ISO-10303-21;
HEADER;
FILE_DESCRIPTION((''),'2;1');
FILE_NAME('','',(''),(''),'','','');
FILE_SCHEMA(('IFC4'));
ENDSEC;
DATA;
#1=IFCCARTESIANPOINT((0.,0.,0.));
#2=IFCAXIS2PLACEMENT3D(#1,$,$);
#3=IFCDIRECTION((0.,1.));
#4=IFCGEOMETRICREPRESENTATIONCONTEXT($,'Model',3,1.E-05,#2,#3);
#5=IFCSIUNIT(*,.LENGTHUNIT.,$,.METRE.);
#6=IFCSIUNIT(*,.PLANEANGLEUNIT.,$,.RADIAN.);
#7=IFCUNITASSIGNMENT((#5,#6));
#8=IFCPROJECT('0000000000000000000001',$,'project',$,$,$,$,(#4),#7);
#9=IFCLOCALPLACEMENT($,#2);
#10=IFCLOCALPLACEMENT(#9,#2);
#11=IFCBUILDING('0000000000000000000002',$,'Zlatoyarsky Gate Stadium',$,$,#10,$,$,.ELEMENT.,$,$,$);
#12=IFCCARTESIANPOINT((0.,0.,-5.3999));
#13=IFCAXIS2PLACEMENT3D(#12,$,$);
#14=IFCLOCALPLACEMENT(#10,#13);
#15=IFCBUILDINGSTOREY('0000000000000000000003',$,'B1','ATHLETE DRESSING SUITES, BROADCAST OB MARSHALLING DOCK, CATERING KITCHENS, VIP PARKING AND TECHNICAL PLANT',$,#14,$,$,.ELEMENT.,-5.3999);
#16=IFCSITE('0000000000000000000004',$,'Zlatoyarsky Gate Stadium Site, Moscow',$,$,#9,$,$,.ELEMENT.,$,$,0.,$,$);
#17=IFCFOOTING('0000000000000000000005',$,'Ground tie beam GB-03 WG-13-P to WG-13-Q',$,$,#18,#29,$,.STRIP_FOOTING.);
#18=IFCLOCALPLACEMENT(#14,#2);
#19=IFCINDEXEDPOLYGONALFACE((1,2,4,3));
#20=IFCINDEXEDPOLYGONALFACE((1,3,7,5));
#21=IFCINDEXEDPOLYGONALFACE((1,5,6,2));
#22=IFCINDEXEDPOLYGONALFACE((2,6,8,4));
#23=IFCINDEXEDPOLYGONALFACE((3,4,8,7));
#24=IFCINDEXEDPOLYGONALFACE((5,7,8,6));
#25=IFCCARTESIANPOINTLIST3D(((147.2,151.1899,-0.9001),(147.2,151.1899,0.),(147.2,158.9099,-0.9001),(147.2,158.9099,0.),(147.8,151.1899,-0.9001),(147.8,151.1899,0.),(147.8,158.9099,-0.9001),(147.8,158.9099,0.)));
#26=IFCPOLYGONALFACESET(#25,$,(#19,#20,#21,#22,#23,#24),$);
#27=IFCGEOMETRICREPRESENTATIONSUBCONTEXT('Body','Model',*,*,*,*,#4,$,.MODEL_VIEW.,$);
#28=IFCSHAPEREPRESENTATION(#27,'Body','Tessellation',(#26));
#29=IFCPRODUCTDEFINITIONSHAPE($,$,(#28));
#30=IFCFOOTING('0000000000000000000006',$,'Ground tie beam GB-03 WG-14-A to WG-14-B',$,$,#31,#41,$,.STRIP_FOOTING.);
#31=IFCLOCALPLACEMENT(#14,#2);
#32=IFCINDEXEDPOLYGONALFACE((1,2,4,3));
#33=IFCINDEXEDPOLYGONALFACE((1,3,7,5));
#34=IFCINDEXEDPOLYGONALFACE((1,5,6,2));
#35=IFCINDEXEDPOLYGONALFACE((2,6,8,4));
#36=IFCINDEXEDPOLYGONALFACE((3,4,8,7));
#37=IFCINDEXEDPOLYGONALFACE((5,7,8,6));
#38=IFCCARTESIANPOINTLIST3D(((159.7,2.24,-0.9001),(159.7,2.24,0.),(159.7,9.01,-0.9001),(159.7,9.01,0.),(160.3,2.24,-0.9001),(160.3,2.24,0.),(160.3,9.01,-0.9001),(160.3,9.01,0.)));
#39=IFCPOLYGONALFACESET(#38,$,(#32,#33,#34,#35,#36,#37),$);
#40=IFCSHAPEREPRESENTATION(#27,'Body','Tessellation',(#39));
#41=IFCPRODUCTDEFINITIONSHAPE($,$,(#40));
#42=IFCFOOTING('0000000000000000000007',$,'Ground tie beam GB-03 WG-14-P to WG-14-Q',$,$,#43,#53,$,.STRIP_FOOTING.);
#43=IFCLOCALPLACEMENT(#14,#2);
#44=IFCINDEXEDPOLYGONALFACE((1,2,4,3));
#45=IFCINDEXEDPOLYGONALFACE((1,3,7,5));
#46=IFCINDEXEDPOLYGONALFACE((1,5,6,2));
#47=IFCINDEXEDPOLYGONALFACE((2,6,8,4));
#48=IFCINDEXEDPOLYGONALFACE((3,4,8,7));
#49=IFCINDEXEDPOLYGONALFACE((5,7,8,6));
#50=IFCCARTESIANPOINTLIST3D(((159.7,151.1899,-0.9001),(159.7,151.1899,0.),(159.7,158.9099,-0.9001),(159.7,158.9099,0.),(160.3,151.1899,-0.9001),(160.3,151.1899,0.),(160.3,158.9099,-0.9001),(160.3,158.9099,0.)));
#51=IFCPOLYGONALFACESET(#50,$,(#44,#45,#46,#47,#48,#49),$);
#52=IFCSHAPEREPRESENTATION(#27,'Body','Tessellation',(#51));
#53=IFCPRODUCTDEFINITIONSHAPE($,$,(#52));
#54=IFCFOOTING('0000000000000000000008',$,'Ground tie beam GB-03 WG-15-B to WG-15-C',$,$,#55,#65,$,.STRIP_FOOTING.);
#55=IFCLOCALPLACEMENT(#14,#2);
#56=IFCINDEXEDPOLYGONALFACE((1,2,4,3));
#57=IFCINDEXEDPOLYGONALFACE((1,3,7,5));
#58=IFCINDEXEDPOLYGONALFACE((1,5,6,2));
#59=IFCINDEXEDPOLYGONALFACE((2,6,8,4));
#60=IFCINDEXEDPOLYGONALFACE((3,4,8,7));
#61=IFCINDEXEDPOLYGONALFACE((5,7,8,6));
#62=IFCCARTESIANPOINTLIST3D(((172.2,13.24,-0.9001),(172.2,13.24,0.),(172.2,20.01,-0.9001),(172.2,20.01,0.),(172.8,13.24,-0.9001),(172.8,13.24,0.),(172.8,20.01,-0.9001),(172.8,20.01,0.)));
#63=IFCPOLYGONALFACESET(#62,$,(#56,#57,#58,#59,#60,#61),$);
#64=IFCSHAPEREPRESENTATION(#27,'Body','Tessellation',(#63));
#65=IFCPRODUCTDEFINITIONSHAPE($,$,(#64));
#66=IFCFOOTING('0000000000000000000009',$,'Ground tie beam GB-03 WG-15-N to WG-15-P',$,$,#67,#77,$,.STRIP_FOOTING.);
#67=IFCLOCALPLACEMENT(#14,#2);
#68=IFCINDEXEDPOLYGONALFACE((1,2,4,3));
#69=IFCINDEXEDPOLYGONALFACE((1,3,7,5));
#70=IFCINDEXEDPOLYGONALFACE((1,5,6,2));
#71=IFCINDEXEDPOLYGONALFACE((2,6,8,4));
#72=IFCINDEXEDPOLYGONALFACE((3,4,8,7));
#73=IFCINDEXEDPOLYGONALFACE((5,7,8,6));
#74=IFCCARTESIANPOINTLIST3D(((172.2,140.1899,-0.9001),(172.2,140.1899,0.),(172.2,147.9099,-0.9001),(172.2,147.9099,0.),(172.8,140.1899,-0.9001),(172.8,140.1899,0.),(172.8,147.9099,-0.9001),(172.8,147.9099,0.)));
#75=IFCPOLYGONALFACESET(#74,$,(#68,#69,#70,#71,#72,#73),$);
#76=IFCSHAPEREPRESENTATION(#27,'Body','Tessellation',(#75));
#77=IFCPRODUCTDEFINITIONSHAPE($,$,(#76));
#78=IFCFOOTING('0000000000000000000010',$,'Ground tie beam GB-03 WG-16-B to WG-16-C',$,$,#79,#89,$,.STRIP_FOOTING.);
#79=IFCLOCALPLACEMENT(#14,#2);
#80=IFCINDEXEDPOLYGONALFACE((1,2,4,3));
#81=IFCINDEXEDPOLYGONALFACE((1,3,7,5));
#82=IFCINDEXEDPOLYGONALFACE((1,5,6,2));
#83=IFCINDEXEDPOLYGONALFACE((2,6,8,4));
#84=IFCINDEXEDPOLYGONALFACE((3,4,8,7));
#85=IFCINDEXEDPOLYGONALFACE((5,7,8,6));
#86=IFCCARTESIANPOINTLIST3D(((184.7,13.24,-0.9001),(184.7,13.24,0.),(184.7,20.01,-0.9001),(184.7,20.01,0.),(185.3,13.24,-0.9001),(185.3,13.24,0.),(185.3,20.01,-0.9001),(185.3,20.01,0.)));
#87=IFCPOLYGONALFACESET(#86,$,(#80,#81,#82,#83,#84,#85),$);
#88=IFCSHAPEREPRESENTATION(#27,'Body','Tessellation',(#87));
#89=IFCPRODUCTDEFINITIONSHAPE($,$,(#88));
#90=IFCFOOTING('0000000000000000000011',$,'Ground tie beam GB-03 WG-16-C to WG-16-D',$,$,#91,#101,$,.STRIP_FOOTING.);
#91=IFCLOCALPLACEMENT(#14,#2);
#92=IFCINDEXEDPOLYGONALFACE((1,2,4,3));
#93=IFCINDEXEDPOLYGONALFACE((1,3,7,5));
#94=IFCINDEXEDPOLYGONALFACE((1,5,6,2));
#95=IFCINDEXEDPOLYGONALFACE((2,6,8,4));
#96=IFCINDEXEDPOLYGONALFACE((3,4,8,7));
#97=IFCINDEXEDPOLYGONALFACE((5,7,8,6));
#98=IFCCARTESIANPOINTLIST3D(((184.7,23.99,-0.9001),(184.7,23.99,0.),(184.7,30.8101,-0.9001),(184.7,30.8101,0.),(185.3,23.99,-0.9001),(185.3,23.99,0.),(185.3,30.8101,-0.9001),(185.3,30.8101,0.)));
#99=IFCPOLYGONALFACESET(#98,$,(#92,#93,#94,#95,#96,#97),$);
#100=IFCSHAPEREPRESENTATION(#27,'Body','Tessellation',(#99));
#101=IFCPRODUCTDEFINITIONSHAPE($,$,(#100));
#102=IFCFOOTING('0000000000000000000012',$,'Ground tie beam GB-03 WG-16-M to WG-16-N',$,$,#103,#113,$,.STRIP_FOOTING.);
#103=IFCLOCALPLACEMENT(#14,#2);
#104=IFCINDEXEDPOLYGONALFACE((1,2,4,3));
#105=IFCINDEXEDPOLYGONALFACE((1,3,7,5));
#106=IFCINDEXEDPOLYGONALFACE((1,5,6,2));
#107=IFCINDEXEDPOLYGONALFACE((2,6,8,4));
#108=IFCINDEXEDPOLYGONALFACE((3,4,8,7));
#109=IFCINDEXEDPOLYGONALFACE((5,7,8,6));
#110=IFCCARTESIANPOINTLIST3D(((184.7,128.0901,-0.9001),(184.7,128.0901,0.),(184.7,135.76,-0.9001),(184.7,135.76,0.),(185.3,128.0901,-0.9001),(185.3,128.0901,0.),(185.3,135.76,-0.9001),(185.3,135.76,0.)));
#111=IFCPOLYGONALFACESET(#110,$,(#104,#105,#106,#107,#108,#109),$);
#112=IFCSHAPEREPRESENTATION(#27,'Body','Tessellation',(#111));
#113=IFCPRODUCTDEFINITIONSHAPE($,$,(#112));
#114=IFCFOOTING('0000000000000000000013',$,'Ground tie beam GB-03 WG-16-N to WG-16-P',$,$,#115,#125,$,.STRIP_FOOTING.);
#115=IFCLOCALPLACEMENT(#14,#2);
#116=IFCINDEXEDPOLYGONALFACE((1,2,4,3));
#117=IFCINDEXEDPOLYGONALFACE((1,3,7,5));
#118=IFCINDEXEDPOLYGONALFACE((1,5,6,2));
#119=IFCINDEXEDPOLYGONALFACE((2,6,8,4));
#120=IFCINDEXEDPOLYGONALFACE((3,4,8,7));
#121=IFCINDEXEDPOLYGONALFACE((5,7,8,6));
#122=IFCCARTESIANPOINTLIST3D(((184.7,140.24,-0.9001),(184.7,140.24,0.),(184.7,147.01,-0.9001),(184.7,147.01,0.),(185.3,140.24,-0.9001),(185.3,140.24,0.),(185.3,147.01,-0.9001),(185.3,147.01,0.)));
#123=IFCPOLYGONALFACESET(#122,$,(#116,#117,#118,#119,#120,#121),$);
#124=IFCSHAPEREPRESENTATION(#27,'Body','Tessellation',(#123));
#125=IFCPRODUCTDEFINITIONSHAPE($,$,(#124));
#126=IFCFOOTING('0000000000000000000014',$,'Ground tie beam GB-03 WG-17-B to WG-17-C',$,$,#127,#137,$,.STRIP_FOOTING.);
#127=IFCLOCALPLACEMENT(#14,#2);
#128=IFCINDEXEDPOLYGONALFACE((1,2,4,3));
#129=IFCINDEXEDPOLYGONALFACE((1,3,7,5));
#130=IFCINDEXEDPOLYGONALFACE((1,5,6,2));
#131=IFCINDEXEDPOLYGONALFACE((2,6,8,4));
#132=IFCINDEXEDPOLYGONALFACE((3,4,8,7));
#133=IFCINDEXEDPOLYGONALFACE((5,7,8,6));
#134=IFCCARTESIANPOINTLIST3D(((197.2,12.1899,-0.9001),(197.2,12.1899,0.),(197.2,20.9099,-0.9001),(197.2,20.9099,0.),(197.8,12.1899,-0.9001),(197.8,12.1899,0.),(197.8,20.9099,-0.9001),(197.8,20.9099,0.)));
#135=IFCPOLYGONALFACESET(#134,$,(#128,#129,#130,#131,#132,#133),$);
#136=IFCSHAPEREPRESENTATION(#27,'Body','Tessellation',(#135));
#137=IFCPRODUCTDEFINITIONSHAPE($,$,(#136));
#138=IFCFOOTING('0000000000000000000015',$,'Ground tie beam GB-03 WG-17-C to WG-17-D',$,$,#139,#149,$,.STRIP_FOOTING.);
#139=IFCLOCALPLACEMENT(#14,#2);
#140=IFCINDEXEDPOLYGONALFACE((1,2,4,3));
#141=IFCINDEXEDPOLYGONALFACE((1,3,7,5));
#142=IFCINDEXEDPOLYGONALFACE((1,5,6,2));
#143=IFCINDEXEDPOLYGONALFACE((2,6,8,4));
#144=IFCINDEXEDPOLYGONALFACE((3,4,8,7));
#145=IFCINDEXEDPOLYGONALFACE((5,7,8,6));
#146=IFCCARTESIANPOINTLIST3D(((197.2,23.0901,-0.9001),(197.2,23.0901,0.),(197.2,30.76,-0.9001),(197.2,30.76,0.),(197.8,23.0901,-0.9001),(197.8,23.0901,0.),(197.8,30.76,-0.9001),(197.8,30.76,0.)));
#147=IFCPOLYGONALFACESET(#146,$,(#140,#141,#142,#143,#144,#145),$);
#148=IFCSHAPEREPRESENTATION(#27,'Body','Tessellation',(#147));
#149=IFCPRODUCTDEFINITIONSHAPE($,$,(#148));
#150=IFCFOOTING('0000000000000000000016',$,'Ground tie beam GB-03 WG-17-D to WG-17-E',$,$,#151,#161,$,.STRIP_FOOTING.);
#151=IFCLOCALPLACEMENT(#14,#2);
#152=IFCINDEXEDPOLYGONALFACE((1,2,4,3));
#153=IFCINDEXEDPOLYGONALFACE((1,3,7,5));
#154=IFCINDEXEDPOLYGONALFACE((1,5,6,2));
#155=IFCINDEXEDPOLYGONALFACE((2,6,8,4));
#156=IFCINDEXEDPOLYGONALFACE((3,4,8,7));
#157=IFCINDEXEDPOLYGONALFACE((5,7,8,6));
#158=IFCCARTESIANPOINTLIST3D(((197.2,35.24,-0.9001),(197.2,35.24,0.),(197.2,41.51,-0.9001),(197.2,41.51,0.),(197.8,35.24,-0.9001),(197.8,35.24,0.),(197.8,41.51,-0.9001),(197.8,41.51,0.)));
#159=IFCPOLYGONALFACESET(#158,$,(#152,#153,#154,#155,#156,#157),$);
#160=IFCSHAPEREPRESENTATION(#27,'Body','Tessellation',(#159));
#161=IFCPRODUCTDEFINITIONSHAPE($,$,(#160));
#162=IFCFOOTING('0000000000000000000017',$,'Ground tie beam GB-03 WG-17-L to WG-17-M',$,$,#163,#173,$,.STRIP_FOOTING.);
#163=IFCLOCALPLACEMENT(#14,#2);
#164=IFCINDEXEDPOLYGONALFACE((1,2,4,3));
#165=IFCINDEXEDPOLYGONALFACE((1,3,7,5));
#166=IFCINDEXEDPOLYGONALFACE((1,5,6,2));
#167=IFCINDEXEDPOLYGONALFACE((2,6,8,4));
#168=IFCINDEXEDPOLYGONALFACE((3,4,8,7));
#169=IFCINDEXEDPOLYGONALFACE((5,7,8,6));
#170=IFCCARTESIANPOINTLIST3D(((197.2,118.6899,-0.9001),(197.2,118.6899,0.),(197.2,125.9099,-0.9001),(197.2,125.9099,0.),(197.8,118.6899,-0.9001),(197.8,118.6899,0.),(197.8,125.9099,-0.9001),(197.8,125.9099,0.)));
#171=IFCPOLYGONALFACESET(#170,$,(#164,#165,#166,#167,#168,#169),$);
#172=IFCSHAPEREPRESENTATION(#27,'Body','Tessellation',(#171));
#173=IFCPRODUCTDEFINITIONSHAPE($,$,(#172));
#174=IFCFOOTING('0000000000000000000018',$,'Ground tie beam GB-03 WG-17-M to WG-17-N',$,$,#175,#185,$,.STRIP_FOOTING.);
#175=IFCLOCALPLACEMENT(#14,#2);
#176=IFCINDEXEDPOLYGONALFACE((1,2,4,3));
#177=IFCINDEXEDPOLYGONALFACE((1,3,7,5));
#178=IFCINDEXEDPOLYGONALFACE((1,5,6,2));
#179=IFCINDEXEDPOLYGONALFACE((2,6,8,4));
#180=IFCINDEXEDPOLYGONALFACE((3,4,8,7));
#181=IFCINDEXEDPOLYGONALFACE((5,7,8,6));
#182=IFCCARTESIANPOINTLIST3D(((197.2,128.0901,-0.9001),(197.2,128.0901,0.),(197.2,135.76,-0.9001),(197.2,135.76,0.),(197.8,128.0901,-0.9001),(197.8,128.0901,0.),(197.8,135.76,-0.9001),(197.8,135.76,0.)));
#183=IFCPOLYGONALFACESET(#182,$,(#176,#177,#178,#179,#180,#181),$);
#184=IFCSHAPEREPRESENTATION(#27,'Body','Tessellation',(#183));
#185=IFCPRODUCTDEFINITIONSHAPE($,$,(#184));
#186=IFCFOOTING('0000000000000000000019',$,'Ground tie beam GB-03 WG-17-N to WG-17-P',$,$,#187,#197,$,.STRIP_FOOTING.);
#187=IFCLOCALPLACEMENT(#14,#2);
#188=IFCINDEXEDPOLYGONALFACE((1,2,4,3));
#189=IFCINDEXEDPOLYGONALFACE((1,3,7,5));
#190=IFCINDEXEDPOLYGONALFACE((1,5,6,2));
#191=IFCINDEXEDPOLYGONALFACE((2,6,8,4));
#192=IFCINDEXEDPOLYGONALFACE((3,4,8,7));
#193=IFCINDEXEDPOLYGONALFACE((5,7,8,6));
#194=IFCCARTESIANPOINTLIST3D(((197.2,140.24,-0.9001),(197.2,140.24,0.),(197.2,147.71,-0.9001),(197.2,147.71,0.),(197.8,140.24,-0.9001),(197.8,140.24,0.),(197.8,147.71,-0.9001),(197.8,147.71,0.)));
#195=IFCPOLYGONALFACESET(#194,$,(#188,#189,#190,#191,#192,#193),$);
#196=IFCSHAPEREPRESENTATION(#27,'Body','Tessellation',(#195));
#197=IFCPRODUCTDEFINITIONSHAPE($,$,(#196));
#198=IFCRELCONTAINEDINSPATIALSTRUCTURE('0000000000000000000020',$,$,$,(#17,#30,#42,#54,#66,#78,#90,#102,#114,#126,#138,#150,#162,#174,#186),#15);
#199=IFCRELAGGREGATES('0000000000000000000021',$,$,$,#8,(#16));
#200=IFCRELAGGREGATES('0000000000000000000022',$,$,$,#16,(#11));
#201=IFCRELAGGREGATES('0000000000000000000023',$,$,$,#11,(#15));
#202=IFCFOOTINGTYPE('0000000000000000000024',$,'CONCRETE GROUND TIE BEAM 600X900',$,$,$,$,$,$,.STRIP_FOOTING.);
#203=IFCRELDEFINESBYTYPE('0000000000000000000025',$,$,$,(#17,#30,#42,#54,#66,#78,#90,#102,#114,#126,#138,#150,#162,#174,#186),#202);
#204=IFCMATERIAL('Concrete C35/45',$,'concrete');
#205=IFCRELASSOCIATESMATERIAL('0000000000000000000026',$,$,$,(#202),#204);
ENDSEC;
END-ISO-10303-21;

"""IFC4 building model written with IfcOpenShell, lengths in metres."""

from ifc_helpers import new_model, si_unit, direction, frame, origin, origin_2d, place, context, subcontext, project, spatial, polyline, rectangle, outline, extrude, material, material_profile, profile_set, type_object, element, save


model = new_model("IFC4")

# Units and contexts
model_context = context("Model", 3, precision=1e-05, world=origin(), true_north=direction((0.0, 1.0)))
body_context = subcontext(model_context, "Body", "Model", "MODEL_VIEW")
ifc_project = project(units=[si_unit("LENGTHUNIT", "METRE"), si_unit("PLANEANGLEUNIT", "RADIAN")], contexts=[model_context])

# Site, building, storey
site_placement = place(None, origin())
site = spatial("IfcSite", under=ifc_project, at=site_placement, Name="Zlatoyarsky Gate Stadium Site, Moscow", CompositionType="ELEMENT", RefElevation=0.0)
building_placement = place(site_placement, origin())
building = spatial("IfcBuilding", under=site, at=building_placement, Name="Zlatoyarsky Gate Stadium", CompositionType="ELEMENT")
storey_placement = place(building_placement, frame((0.0, 0.0, -5.3999)))
storey = spatial("IfcBuildingStorey", under=building, at=storey_placement, Name="B1", Description="ATHLETE DRESSING SUITES, BROADCAST OB MARSHALLING DOCK, CATERING KITCHENS, VIP PARKING AND TECHNICAL PLANT", CompositionType="ELEMENT", Elevation=-5.3999)

# Footings
ifc_material = material(Name="Concrete C35/45", Category="concrete")
ifc_material_profile = material_profile(ifc_material, rectangle(XDim=0.6001, YDim=0.8999, at=origin_2d()), Name="GB 600X900")
ifc_profile_set = profile_set([ifc_material_profile], Name="Concrete C35/45")
footing_type = type_object("IfcFootingType", Name="CONCRETE GROUND TIE BEAM 600X900", PredefinedType="STRIP_FOOTING", material=ifc_profile_set)
footing_1_placement = place(storey_placement, frame((0.0, 0.0, -0.9001)))
element("IfcFooting", 1, at=footing_1_placement, inside=storey, type_object=footing_type, Name="Ground tie beam GB-03 WG-13-P to WG-13-Q", PredefinedType="STRIP_FOOTING", context=body_context, shape_type="SweptSolid", body=[
    extrude(outline(polyline([(147.8, 151.1899), (147.8, 158.9099), (147.2, 158.9099), (147.2, 151.1899), (147.8, 151.1899)])), origin(), (0.0, 0.0, 1.0), 0.9001),
])
footing_2_placement = place(storey_placement, frame((0.0, 0.0, -0.9001)))
element("IfcFooting", 2, at=footing_2_placement, inside=storey, type_object=footing_type, Name="Ground tie beam GB-03 WG-14-A to WG-14-B", PredefinedType="STRIP_FOOTING", context=body_context, shape_type="SweptSolid", body=[
    extrude(outline(polyline([(160.3, 2.24), (160.3, 9.01), (159.7, 9.01), (159.7, 2.24), (160.3, 2.24)])), origin(), (0.0, 0.0, 1.0), 0.9001),
])
footing_3_placement = place(storey_placement, frame((0.0, 0.0, -0.9001)))
element("IfcFooting", 3, at=footing_3_placement, inside=storey, type_object=footing_type, Name="Ground tie beam GB-03 WG-14-P to WG-14-Q", PredefinedType="STRIP_FOOTING", context=body_context, shape_type="SweptSolid", body=[
    extrude(outline(polyline([(160.3, 151.1899), (160.3, 158.9099), (159.7, 158.9099), (159.7, 151.1899), (160.3, 151.1899)])), origin(), (0.0, 0.0, 1.0), 0.9001),
])
footing_4_placement = place(storey_placement, frame((0.0, 0.0, -0.9001)))
element("IfcFooting", 4, at=footing_4_placement, inside=storey, type_object=footing_type, Name="Ground tie beam GB-03 WG-15-B to WG-15-C", PredefinedType="STRIP_FOOTING", context=body_context, shape_type="SweptSolid", body=[
    extrude(outline(polyline([(172.8, 13.24), (172.8, 20.01), (172.2, 20.01), (172.2, 13.24), (172.8, 13.24)])), origin(), (0.0, 0.0, 1.0), 0.9001),
])
footing_5_placement = place(storey_placement, frame((0.0, 0.0, -0.9001)))
element("IfcFooting", 5, at=footing_5_placement, inside=storey, type_object=footing_type, Name="Ground tie beam GB-03 WG-15-N to WG-15-P", PredefinedType="STRIP_FOOTING", context=body_context, shape_type="SweptSolid", body=[
    extrude(outline(polyline([(172.8, 140.1899), (172.8, 147.9099), (172.2, 147.9099), (172.2, 140.1899), (172.8, 140.1899)])), origin(), (0.0, 0.0, 1.0), 0.9001),
])
footing_6_placement = place(storey_placement, frame((0.0, 0.0, -0.9001)))
element("IfcFooting", 6, at=footing_6_placement, inside=storey, type_object=footing_type, Name="Ground tie beam GB-03 WG-16-B to WG-16-C", PredefinedType="STRIP_FOOTING", context=body_context, shape_type="SweptSolid", body=[
    extrude(outline(polyline([(185.3, 13.24), (185.3, 20.01), (184.7, 20.01), (184.7, 13.24), (185.3, 13.24)])), origin(), (0.0, 0.0, 1.0), 0.9001),
])
footing_7_placement = place(storey_placement, frame((0.0, 0.0, -0.9001)))
element("IfcFooting", 7, at=footing_7_placement, inside=storey, type_object=footing_type, Name="Ground tie beam GB-03 WG-16-C to WG-16-D", PredefinedType="STRIP_FOOTING", context=body_context, shape_type="SweptSolid", body=[
    extrude(outline(polyline([(185.3, 23.99), (185.3, 30.8101), (184.7, 30.8101), (184.7, 23.99), (185.3, 23.99)])), origin(), (0.0, 0.0, 1.0), 0.9001),
])
footing_8_placement = place(storey_placement, frame((0.0, 0.0, -0.9001)))
element("IfcFooting", 8, at=footing_8_placement, inside=storey, type_object=footing_type, Name="Ground tie beam GB-03 WG-16-M to WG-16-N", PredefinedType="STRIP_FOOTING", context=body_context, shape_type="SweptSolid", body=[
    extrude(outline(polyline([(185.3, 128.0901), (185.3, 135.76), (184.7, 135.76), (184.7, 128.0901), (185.3, 128.0901)])), origin(), (0.0, 0.0, 1.0), 0.9001),
])
footing_9_placement = place(storey_placement, frame((0.0, 0.0, -0.9001)))
element("IfcFooting", 9, at=footing_9_placement, inside=storey, type_object=footing_type, Name="Ground tie beam GB-03 WG-16-N to WG-16-P", PredefinedType="STRIP_FOOTING", context=body_context, shape_type="SweptSolid", body=[
    extrude(outline(polyline([(185.3, 140.24), (185.3, 147.01), (184.7, 147.01), (184.7, 140.24), (185.3, 140.24)])), origin(), (0.0, 0.0, 1.0), 0.9001),
])
footing_10_placement = place(storey_placement, frame((0.0, 0.0, -0.9001)))
element("IfcFooting", 10, at=footing_10_placement, inside=storey, type_object=footing_type, Name="Ground tie beam GB-03 WG-17-B to WG-17-C", PredefinedType="STRIP_FOOTING", context=body_context, shape_type="SweptSolid", body=[
    extrude(outline(polyline([(197.8, 12.1899), (197.8, 20.9099), (197.2, 20.9099), (197.2, 12.1899), (197.8, 12.1899)])), origin(), (0.0, 0.0, 1.0), 0.9001),
])
footing_11_placement = place(storey_placement, frame((0.0, 0.0, -0.9001)))
element("IfcFooting", 11, at=footing_11_placement, inside=storey, type_object=footing_type, Name="Ground tie beam GB-03 WG-17-C to WG-17-D", PredefinedType="STRIP_FOOTING", context=body_context, shape_type="SweptSolid", body=[
    extrude(outline(polyline([(197.8, 23.0901), (197.8, 30.76), (197.2, 30.76), (197.2, 23.0901), (197.8, 23.0901)])), origin(), (0.0, 0.0, 1.0), 0.9001),
])
footing_12_placement = place(storey_placement, frame((0.0, 0.0, -0.9001)))
element("IfcFooting", 12, at=footing_12_placement, inside=storey, type_object=footing_type, Name="Ground tie beam GB-03 WG-17-D to WG-17-E", PredefinedType="STRIP_FOOTING", context=body_context, shape_type="SweptSolid", body=[
    extrude(outline(polyline([(197.8, 35.24), (197.8, 41.51), (197.2, 41.51), (197.2, 35.24), (197.8, 35.24)])), origin(), (0.0, 0.0, 1.0), 0.9001),
])
footing_13_placement = place(storey_placement, frame((0.0, 0.0, -0.9001)))
element("IfcFooting", 13, at=footing_13_placement, inside=storey, type_object=footing_type, Name="Ground tie beam GB-03 WG-17-L to WG-17-M", PredefinedType="STRIP_FOOTING", context=body_context, shape_type="SweptSolid", body=[
    extrude(outline(polyline([(197.8, 118.6899), (197.8, 125.9099), (197.2, 125.9099), (197.2, 118.6899), (197.8, 118.6899)])), origin(), (0.0, 0.0, 1.0), 0.9001),
])
footing_14_placement = place(storey_placement, frame((0.0, 0.0, -0.9001)))
element("IfcFooting", 14, at=footing_14_placement, inside=storey, type_object=footing_type, Name="Ground tie beam GB-03 WG-17-M to WG-17-N", PredefinedType="STRIP_FOOTING", context=body_context, shape_type="SweptSolid", body=[
    extrude(outline(polyline([(197.8, 128.0901), (197.8, 135.76), (197.2, 135.76), (197.2, 128.0901), (197.8, 128.0901)])), origin(), (0.0, 0.0, 1.0), 0.9001),
])
footing_15_placement = place(storey_placement, frame((0.0, 0.0, -0.9001)))
element("IfcFooting", 15, at=footing_15_placement, inside=storey, type_object=footing_type, Name="Ground tie beam GB-03 WG-17-N to WG-17-P", PredefinedType="STRIP_FOOTING", context=body_context, shape_type="SweptSolid", body=[
    extrude(outline(polyline([(197.8, 140.24), (197.8, 147.71), (197.2, 147.71), (197.2, 140.24), (197.8, 140.24)])), origin(), (0.0, 0.0, 1.0), 0.9001),
])

save(model, "model.ifc")
